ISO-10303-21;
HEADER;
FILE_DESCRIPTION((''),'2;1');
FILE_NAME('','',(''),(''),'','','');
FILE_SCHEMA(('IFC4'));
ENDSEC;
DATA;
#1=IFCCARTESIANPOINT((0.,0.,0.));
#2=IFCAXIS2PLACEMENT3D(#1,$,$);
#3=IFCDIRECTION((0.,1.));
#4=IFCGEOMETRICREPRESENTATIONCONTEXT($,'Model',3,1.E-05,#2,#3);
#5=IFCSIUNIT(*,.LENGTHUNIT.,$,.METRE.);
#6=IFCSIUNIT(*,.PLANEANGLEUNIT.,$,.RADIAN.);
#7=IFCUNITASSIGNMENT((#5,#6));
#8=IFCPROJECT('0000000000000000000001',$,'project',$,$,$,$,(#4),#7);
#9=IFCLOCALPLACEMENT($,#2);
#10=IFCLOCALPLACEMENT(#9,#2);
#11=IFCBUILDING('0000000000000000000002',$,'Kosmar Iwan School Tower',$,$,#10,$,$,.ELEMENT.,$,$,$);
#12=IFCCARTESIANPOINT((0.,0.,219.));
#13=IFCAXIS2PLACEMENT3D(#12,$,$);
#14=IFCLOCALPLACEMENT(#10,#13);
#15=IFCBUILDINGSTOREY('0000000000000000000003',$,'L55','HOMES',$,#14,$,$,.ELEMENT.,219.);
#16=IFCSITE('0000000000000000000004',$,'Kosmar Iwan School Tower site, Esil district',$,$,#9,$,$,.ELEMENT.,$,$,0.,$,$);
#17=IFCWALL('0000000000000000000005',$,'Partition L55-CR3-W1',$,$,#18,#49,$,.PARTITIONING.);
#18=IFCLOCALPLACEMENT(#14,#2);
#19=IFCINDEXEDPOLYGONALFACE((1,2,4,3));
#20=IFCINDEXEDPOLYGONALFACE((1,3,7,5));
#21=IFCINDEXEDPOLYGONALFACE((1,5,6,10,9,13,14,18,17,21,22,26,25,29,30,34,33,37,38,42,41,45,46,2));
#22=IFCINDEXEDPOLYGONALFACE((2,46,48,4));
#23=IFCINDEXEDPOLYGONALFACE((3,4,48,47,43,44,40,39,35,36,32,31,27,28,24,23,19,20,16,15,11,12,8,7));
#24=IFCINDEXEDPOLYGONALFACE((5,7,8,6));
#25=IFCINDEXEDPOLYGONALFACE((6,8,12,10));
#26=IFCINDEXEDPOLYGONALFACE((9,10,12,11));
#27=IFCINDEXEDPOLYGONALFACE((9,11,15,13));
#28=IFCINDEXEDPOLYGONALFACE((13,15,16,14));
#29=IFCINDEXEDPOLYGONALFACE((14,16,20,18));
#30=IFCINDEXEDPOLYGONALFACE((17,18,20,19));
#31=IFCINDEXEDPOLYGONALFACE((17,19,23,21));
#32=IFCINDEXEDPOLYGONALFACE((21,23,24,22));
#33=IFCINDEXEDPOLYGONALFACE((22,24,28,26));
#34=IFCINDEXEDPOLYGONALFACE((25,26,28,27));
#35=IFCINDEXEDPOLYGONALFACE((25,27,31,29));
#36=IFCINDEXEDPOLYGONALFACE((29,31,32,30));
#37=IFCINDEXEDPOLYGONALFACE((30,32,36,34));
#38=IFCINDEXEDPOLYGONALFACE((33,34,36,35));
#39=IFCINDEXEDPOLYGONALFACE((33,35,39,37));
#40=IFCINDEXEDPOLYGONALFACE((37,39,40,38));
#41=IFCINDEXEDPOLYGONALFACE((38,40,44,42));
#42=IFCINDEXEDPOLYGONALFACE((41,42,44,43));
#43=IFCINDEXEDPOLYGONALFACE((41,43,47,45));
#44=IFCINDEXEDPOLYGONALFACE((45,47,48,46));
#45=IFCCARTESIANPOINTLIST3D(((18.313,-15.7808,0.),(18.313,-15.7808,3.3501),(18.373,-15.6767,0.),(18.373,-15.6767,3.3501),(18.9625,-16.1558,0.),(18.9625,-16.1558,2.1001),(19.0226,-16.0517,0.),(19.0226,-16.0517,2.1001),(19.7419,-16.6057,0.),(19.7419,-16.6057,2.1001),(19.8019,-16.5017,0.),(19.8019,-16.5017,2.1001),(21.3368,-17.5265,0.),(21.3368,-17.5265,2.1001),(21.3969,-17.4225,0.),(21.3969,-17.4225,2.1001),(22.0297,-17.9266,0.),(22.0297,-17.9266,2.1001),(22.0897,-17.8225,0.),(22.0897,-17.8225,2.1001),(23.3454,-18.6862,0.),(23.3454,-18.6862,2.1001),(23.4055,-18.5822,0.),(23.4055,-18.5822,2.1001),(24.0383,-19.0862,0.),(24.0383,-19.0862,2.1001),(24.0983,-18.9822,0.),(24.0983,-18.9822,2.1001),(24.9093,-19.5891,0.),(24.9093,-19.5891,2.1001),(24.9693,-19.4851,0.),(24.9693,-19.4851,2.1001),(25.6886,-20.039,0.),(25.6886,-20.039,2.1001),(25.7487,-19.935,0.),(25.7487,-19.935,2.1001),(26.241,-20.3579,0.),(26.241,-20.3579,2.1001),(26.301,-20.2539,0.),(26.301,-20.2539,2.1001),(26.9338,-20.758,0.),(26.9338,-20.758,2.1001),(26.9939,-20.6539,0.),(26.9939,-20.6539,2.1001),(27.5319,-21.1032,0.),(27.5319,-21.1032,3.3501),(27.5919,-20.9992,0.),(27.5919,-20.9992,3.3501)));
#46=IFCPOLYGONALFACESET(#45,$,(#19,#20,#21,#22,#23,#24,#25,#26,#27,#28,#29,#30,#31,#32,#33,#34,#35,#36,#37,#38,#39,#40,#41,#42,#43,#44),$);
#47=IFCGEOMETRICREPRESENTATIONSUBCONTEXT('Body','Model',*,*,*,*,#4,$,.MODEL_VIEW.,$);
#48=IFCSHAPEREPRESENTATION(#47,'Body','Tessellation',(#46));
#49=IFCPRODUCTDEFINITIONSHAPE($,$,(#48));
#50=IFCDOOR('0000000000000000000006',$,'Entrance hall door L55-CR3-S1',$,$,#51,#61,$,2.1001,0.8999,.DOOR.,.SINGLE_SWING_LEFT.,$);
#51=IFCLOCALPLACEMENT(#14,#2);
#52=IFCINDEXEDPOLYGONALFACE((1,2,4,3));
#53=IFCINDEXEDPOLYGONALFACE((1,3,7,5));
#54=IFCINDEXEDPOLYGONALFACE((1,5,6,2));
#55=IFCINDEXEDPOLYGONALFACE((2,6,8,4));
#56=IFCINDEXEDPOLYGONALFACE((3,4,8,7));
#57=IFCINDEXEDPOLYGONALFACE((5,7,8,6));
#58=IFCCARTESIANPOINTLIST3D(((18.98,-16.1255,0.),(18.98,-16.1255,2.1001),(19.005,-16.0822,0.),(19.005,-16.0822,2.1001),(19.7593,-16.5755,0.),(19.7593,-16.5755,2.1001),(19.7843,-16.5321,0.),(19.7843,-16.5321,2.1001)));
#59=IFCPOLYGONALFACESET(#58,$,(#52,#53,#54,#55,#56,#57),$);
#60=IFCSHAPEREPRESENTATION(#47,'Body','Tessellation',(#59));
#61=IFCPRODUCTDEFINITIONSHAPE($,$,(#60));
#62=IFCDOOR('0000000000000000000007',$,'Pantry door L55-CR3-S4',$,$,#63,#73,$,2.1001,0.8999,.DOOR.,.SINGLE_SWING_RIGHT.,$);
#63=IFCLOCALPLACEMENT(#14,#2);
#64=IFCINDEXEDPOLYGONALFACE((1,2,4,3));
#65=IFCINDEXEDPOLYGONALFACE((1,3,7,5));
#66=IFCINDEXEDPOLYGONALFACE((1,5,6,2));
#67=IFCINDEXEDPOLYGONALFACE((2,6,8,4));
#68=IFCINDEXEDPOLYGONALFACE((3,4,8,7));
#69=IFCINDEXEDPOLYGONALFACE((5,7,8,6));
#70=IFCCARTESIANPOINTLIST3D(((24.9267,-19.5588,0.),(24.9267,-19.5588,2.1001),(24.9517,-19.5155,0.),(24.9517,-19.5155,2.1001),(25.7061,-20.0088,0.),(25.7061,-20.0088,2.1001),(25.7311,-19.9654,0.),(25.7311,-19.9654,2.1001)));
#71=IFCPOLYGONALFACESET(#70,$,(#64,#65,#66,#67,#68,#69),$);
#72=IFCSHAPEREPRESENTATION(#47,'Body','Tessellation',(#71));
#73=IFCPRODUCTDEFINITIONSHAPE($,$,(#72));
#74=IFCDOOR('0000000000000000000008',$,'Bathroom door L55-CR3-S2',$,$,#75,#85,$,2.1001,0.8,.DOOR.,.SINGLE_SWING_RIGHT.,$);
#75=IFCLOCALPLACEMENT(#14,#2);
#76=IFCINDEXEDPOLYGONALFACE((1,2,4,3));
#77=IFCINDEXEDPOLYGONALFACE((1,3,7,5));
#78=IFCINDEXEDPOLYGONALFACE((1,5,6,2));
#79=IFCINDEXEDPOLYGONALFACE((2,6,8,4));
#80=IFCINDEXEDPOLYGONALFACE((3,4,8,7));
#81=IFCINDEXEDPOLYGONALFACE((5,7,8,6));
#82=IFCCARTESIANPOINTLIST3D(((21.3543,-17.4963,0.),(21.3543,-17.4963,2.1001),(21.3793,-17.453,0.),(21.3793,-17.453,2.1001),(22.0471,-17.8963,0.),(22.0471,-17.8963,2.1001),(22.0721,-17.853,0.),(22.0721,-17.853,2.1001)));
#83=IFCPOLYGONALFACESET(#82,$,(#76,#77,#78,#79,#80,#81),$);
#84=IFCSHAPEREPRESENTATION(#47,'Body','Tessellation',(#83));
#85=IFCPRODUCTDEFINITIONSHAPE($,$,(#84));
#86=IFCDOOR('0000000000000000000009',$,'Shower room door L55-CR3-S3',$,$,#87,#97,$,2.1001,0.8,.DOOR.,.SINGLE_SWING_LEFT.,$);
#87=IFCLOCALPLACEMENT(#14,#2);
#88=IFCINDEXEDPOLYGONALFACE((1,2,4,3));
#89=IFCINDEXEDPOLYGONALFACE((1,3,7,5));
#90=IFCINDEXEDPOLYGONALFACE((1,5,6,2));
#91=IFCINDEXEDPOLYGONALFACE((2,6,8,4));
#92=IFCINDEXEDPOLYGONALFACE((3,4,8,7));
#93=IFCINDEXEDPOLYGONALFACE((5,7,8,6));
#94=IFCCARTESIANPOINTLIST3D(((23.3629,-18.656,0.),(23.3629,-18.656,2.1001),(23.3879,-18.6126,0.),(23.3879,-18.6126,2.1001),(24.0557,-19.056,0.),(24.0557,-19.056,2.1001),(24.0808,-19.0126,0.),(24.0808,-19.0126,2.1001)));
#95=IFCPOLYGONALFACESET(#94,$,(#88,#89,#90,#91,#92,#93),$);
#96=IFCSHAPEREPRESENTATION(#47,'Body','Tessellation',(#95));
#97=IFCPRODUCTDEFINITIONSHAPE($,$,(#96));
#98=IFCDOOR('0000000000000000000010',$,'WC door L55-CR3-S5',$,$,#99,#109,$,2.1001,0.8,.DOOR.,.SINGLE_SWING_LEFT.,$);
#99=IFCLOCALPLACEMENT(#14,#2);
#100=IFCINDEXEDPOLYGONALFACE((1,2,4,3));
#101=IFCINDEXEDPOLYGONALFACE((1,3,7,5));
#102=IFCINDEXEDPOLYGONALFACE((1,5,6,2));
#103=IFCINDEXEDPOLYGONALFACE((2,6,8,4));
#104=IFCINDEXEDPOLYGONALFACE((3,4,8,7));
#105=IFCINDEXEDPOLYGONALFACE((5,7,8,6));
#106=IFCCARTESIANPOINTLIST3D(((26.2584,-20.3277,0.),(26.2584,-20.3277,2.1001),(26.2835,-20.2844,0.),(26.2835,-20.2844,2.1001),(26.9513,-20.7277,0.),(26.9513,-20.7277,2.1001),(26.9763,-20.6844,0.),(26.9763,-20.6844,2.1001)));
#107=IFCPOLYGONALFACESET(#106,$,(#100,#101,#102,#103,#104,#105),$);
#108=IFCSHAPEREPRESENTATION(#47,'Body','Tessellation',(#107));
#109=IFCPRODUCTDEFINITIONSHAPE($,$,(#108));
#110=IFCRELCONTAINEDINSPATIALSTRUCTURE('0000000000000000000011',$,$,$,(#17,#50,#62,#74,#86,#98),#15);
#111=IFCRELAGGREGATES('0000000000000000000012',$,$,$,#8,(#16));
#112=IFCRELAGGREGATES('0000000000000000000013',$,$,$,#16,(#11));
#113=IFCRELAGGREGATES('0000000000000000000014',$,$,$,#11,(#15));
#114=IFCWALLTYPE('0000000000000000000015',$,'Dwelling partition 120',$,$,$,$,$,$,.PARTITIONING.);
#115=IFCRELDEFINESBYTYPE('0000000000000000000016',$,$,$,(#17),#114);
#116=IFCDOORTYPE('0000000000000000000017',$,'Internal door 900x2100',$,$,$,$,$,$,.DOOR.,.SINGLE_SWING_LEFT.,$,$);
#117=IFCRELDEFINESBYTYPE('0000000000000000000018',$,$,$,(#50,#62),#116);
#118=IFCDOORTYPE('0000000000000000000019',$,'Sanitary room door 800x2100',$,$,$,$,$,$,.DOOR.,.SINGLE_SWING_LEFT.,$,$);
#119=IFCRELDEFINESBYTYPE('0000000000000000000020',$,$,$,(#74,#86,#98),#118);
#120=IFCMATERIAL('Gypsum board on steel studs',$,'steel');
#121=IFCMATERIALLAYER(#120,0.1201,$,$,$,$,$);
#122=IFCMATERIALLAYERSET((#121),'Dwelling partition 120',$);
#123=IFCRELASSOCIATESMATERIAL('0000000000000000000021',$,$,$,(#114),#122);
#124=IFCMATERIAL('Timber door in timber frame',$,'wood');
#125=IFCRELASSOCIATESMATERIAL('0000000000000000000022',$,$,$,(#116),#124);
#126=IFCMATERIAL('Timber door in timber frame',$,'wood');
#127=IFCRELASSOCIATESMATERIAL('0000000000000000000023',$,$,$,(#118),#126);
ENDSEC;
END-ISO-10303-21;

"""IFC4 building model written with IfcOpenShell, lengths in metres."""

from ifc_helpers import new_model, si_unit, direction, frame, frame_2d, origin, place, context, subcontext, project, spatial, rectangle, extrude, material, layer, layer_set, type_object, element, fill, save


model = new_model("IFC4")

# Units and contexts
model_context = context("Model", 3, precision=1e-05, world=origin(), true_north=direction((0.0, 1.0)))
body_context = subcontext(model_context, "Body", "Model", "MODEL_VIEW")
ifc_project = project(units=[si_unit("LENGTHUNIT", "METRE"), si_unit("PLANEANGLEUNIT", "RADIAN")], contexts=[model_context])

# Site, building, storey
site_placement = place(None, origin())
site = spatial("IfcSite", under=ifc_project, at=site_placement, Name="Kosmar Iwan School Tower site, Esil district", CompositionType="ELEMENT", RefElevation=0.0)
building_placement = place(site_placement, origin())
building = spatial("IfcBuilding", under=site, at=building_placement, Name="Kosmar Iwan School Tower", CompositionType="ELEMENT")
storey_placement = place(building_placement, frame((0.0, 0.0, 219.0)))
storey = spatial("IfcBuildingStorey", under=building, at=storey_placement, Name="L55", Description="HOMES", CompositionType="ELEMENT", Elevation=219.0)

# Shared definitions
ifc_material_1 = material(Name="Gypsum board on steel studs", Category="steel")
ifc_layer_1 = layer(ifc_material_1, 0.1201)
ifc_layer_set_1 = layer_set([ifc_layer_1], Name="Dwelling partition 120")
wall_type_1 = type_object("IfcWallType", Name="Dwelling partition 120", PredefinedType="PARTITIONING", material=ifc_layer_set_1)

# Wall, openings, doors
wall_1_placement = place(storey_placement, frame((18.343, -15.7288, 0.0), z_axis=(0.0, 0.0, 1.0), x_axis=(0.866029, -0.499994, 0.0)))
wall_1 = element("IfcWall", 1, at=wall_1_placement, inside=storey, type_object=wall_type_1, Name="Partition L55-CR3-W1", PredefinedType="PARTITIONING", context=body_context, shape_type="SweptSolid", body=[
    extrude(rectangle(XDim=10.645, YDim=0.1201, at=frame_2d((5.3225, 0.0))), origin(), (0.0, 0.0, 1.0), 3.3501),
])
opening_1_placement = place(wall_1_placement, frame((0.75, 0.0, 0.0)))
opening_1 = element("IfcOpeningElement", 2, at=opening_1_placement, cuts=wall_1, PredefinedType="OPENING", context=body_context, shape_type="SweptSolid", body=[
    extrude(rectangle(XDim=0.8999, YDim=2.1001, at=frame_2d((0.45, 1.05))), frame((0.0, 0.072, 0.0), z_axis=(0.0, -1.0, 0.0), x_axis=(1.0, 0.0, 0.0)), (0.0, 0.0, 1.0), 0.144),
])
opening_2_placement = place(wall_1_placement, frame((3.4917, 0.0, 0.0)))
opening_2 = element("IfcOpeningElement", 3, at=opening_2_placement, cuts=wall_1, PredefinedType="OPENING", context=body_context, shape_type="SweptSolid", body=[
    extrude(rectangle(XDim=0.8, YDim=2.1001, at=frame_2d((0.3999, 1.05))), frame((0.0, 0.072, 0.0), z_axis=(0.0, -1.0, 0.0), x_axis=(1.0, 0.0, 0.0)), (0.0, 0.0, 1.0), 0.144),
])
opening_3_placement = place(wall_1_placement, frame((5.811, 0.0, 0.0)))
opening_3 = element("IfcOpeningElement", 4, at=opening_3_placement, cuts=wall_1, PredefinedType="OPENING", context=body_context, shape_type="SweptSolid", body=[
    extrude(rectangle(XDim=0.8, YDim=2.1001, at=frame_2d((0.3999, 1.05))), frame((0.0, 0.072, 0.0), z_axis=(0.0, -1.0, 0.0), x_axis=(1.0, 0.0, 0.0)), (0.0, 0.0, 1.0), 0.144),
])
opening_4_placement = place(wall_1_placement, frame((7.6167, 0.0, 0.0)))
opening_4 = element("IfcOpeningElement", 5, at=opening_4_placement, cuts=wall_1, PredefinedType="OPENING", context=body_context, shape_type="SweptSolid", body=[
    extrude(rectangle(XDim=0.8999, YDim=2.1001, at=frame_2d((0.45, 1.05))), frame((0.0, 0.072, 0.0), z_axis=(0.0, -1.0, 0.0), x_axis=(1.0, 0.0, 0.0)), (0.0, 0.0, 1.0), 0.144),
])
opening_5_placement = place(wall_1_placement, frame((9.1545, 0.0, 0.0)))
opening_5 = element("IfcOpeningElement", 6, at=opening_5_placement, cuts=wall_1, PredefinedType="OPENING", context=body_context, shape_type="SweptSolid", body=[
    extrude(rectangle(XDim=0.8, YDim=2.1001, at=frame_2d((0.3999, 1.05))), frame((0.0, 0.072, 0.0), z_axis=(0.0, -1.0, 0.0), x_axis=(1.0, 0.0, 0.0)), (0.0, 0.0, 1.0), 0.144),
])
ifc_material_2 = material(Name="Timber door in timber frame", Category="wood")
door_type_1 = type_object("IfcDoorType", Name="Internal door 900x2100", OperationType="SINGLE_SWING_LEFT", PredefinedType="DOOR", material=ifc_material_2)
door_1_placement = place(opening_1_placement, origin())
door_1 = element("IfcDoor", 7, at=door_1_placement, inside=storey, type_object=door_type_1, Name="Entrance hall door L55-CR3-S1", OperationType="SINGLE_SWING_LEFT", OverallHeight=2.1001, OverallWidth=0.8999, PredefinedType="DOOR", context=body_context, shape_type="SweptSolid", body=[
    extrude(rectangle(XDim=0.8999, YDim=2.1001, at=frame_2d((0.45, 1.05))), frame((0.0, 0.0249, 0.0), z_axis=(0.0, -1.0, 0.0), x_axis=(1.0, 0.0, 0.0)), (0.0, 0.0, 1.0), 0.05),
])
fill(opening_1, door_1)
door_2_placement = place(opening_4_placement, origin())
door_2 = element("IfcDoor", 8, at=door_2_placement, inside=storey, type_object=door_type_1, Name="Pantry door L55-CR3-S4", OperationType="SINGLE_SWING_RIGHT", OverallHeight=2.1001, OverallWidth=0.8999, PredefinedType="DOOR", context=body_context, shape_type="SweptSolid", body=[
    extrude(rectangle(XDim=0.8999, YDim=2.1001, at=frame_2d((0.45, 1.05))), frame((0.0, 0.0249, 0.0), z_axis=(0.0, -1.0, 0.0), x_axis=(1.0, 0.0, 0.0)), (0.0, 0.0, 1.0), 0.05),
])
fill(opening_4, door_2)
ifc_material_3 = material(Name="Timber door in timber frame", Category="wood")
door_type_2 = type_object("IfcDoorType", Name="Sanitary room door 800x2100", OperationType="SINGLE_SWING_LEFT", PredefinedType="DOOR", material=ifc_material_3)
door_3_placement = place(opening_2_placement, origin())
door_3 = element("IfcDoor", 9, at=door_3_placement, inside=storey, type_object=door_type_2, Name="Bathroom door L55-CR3-S2", OperationType="SINGLE_SWING_RIGHT", OverallHeight=2.1001, OverallWidth=0.8, PredefinedType="DOOR", context=body_context, shape_type="SweptSolid", body=[
    extrude(rectangle(XDim=0.8, YDim=2.1001, at=frame_2d((0.3999, 1.05))), frame((0.0, 0.0249, 0.0), z_axis=(0.0, -1.0, 0.0), x_axis=(1.0, 0.0, 0.0)), (0.0, 0.0, 1.0), 0.05),
])
fill(opening_2, door_3)
door_4_placement = place(opening_3_placement, origin())
door_4 = element("IfcDoor", 10, at=door_4_placement, inside=storey, type_object=door_type_2, Name="Shower room door L55-CR3-S3", OperationType="SINGLE_SWING_LEFT", OverallHeight=2.1001, OverallWidth=0.8, PredefinedType="DOOR", context=body_context, shape_type="SweptSolid", body=[
    extrude(rectangle(XDim=0.8, YDim=2.1001, at=frame_2d((0.3999, 1.05))), frame((0.0, 0.0249, 0.0), z_axis=(0.0, -1.0, 0.0), x_axis=(1.0, 0.0, 0.0)), (0.0, 0.0, 1.0), 0.05),
])
fill(opening_3, door_4)
door_5_placement = place(opening_5_placement, origin())
door_5 = element("IfcDoor", 11, at=door_5_placement, inside=storey, type_object=door_type_2, Name="WC door L55-CR3-S5", OperationType="SINGLE_SWING_LEFT", OverallHeight=2.1001, OverallWidth=0.8, PredefinedType="DOOR", context=body_context, shape_type="SweptSolid", body=[
    extrude(rectangle(XDim=0.8, YDim=2.1001, at=frame_2d((0.3999, 1.05))), frame((0.0, 0.0249, 0.0), z_axis=(0.0, -1.0, 0.0), x_axis=(1.0, 0.0, 0.0)), (0.0, 0.0, 1.0), 0.05),
])
fill(opening_5, door_5)

save(model, "model.ifc")
